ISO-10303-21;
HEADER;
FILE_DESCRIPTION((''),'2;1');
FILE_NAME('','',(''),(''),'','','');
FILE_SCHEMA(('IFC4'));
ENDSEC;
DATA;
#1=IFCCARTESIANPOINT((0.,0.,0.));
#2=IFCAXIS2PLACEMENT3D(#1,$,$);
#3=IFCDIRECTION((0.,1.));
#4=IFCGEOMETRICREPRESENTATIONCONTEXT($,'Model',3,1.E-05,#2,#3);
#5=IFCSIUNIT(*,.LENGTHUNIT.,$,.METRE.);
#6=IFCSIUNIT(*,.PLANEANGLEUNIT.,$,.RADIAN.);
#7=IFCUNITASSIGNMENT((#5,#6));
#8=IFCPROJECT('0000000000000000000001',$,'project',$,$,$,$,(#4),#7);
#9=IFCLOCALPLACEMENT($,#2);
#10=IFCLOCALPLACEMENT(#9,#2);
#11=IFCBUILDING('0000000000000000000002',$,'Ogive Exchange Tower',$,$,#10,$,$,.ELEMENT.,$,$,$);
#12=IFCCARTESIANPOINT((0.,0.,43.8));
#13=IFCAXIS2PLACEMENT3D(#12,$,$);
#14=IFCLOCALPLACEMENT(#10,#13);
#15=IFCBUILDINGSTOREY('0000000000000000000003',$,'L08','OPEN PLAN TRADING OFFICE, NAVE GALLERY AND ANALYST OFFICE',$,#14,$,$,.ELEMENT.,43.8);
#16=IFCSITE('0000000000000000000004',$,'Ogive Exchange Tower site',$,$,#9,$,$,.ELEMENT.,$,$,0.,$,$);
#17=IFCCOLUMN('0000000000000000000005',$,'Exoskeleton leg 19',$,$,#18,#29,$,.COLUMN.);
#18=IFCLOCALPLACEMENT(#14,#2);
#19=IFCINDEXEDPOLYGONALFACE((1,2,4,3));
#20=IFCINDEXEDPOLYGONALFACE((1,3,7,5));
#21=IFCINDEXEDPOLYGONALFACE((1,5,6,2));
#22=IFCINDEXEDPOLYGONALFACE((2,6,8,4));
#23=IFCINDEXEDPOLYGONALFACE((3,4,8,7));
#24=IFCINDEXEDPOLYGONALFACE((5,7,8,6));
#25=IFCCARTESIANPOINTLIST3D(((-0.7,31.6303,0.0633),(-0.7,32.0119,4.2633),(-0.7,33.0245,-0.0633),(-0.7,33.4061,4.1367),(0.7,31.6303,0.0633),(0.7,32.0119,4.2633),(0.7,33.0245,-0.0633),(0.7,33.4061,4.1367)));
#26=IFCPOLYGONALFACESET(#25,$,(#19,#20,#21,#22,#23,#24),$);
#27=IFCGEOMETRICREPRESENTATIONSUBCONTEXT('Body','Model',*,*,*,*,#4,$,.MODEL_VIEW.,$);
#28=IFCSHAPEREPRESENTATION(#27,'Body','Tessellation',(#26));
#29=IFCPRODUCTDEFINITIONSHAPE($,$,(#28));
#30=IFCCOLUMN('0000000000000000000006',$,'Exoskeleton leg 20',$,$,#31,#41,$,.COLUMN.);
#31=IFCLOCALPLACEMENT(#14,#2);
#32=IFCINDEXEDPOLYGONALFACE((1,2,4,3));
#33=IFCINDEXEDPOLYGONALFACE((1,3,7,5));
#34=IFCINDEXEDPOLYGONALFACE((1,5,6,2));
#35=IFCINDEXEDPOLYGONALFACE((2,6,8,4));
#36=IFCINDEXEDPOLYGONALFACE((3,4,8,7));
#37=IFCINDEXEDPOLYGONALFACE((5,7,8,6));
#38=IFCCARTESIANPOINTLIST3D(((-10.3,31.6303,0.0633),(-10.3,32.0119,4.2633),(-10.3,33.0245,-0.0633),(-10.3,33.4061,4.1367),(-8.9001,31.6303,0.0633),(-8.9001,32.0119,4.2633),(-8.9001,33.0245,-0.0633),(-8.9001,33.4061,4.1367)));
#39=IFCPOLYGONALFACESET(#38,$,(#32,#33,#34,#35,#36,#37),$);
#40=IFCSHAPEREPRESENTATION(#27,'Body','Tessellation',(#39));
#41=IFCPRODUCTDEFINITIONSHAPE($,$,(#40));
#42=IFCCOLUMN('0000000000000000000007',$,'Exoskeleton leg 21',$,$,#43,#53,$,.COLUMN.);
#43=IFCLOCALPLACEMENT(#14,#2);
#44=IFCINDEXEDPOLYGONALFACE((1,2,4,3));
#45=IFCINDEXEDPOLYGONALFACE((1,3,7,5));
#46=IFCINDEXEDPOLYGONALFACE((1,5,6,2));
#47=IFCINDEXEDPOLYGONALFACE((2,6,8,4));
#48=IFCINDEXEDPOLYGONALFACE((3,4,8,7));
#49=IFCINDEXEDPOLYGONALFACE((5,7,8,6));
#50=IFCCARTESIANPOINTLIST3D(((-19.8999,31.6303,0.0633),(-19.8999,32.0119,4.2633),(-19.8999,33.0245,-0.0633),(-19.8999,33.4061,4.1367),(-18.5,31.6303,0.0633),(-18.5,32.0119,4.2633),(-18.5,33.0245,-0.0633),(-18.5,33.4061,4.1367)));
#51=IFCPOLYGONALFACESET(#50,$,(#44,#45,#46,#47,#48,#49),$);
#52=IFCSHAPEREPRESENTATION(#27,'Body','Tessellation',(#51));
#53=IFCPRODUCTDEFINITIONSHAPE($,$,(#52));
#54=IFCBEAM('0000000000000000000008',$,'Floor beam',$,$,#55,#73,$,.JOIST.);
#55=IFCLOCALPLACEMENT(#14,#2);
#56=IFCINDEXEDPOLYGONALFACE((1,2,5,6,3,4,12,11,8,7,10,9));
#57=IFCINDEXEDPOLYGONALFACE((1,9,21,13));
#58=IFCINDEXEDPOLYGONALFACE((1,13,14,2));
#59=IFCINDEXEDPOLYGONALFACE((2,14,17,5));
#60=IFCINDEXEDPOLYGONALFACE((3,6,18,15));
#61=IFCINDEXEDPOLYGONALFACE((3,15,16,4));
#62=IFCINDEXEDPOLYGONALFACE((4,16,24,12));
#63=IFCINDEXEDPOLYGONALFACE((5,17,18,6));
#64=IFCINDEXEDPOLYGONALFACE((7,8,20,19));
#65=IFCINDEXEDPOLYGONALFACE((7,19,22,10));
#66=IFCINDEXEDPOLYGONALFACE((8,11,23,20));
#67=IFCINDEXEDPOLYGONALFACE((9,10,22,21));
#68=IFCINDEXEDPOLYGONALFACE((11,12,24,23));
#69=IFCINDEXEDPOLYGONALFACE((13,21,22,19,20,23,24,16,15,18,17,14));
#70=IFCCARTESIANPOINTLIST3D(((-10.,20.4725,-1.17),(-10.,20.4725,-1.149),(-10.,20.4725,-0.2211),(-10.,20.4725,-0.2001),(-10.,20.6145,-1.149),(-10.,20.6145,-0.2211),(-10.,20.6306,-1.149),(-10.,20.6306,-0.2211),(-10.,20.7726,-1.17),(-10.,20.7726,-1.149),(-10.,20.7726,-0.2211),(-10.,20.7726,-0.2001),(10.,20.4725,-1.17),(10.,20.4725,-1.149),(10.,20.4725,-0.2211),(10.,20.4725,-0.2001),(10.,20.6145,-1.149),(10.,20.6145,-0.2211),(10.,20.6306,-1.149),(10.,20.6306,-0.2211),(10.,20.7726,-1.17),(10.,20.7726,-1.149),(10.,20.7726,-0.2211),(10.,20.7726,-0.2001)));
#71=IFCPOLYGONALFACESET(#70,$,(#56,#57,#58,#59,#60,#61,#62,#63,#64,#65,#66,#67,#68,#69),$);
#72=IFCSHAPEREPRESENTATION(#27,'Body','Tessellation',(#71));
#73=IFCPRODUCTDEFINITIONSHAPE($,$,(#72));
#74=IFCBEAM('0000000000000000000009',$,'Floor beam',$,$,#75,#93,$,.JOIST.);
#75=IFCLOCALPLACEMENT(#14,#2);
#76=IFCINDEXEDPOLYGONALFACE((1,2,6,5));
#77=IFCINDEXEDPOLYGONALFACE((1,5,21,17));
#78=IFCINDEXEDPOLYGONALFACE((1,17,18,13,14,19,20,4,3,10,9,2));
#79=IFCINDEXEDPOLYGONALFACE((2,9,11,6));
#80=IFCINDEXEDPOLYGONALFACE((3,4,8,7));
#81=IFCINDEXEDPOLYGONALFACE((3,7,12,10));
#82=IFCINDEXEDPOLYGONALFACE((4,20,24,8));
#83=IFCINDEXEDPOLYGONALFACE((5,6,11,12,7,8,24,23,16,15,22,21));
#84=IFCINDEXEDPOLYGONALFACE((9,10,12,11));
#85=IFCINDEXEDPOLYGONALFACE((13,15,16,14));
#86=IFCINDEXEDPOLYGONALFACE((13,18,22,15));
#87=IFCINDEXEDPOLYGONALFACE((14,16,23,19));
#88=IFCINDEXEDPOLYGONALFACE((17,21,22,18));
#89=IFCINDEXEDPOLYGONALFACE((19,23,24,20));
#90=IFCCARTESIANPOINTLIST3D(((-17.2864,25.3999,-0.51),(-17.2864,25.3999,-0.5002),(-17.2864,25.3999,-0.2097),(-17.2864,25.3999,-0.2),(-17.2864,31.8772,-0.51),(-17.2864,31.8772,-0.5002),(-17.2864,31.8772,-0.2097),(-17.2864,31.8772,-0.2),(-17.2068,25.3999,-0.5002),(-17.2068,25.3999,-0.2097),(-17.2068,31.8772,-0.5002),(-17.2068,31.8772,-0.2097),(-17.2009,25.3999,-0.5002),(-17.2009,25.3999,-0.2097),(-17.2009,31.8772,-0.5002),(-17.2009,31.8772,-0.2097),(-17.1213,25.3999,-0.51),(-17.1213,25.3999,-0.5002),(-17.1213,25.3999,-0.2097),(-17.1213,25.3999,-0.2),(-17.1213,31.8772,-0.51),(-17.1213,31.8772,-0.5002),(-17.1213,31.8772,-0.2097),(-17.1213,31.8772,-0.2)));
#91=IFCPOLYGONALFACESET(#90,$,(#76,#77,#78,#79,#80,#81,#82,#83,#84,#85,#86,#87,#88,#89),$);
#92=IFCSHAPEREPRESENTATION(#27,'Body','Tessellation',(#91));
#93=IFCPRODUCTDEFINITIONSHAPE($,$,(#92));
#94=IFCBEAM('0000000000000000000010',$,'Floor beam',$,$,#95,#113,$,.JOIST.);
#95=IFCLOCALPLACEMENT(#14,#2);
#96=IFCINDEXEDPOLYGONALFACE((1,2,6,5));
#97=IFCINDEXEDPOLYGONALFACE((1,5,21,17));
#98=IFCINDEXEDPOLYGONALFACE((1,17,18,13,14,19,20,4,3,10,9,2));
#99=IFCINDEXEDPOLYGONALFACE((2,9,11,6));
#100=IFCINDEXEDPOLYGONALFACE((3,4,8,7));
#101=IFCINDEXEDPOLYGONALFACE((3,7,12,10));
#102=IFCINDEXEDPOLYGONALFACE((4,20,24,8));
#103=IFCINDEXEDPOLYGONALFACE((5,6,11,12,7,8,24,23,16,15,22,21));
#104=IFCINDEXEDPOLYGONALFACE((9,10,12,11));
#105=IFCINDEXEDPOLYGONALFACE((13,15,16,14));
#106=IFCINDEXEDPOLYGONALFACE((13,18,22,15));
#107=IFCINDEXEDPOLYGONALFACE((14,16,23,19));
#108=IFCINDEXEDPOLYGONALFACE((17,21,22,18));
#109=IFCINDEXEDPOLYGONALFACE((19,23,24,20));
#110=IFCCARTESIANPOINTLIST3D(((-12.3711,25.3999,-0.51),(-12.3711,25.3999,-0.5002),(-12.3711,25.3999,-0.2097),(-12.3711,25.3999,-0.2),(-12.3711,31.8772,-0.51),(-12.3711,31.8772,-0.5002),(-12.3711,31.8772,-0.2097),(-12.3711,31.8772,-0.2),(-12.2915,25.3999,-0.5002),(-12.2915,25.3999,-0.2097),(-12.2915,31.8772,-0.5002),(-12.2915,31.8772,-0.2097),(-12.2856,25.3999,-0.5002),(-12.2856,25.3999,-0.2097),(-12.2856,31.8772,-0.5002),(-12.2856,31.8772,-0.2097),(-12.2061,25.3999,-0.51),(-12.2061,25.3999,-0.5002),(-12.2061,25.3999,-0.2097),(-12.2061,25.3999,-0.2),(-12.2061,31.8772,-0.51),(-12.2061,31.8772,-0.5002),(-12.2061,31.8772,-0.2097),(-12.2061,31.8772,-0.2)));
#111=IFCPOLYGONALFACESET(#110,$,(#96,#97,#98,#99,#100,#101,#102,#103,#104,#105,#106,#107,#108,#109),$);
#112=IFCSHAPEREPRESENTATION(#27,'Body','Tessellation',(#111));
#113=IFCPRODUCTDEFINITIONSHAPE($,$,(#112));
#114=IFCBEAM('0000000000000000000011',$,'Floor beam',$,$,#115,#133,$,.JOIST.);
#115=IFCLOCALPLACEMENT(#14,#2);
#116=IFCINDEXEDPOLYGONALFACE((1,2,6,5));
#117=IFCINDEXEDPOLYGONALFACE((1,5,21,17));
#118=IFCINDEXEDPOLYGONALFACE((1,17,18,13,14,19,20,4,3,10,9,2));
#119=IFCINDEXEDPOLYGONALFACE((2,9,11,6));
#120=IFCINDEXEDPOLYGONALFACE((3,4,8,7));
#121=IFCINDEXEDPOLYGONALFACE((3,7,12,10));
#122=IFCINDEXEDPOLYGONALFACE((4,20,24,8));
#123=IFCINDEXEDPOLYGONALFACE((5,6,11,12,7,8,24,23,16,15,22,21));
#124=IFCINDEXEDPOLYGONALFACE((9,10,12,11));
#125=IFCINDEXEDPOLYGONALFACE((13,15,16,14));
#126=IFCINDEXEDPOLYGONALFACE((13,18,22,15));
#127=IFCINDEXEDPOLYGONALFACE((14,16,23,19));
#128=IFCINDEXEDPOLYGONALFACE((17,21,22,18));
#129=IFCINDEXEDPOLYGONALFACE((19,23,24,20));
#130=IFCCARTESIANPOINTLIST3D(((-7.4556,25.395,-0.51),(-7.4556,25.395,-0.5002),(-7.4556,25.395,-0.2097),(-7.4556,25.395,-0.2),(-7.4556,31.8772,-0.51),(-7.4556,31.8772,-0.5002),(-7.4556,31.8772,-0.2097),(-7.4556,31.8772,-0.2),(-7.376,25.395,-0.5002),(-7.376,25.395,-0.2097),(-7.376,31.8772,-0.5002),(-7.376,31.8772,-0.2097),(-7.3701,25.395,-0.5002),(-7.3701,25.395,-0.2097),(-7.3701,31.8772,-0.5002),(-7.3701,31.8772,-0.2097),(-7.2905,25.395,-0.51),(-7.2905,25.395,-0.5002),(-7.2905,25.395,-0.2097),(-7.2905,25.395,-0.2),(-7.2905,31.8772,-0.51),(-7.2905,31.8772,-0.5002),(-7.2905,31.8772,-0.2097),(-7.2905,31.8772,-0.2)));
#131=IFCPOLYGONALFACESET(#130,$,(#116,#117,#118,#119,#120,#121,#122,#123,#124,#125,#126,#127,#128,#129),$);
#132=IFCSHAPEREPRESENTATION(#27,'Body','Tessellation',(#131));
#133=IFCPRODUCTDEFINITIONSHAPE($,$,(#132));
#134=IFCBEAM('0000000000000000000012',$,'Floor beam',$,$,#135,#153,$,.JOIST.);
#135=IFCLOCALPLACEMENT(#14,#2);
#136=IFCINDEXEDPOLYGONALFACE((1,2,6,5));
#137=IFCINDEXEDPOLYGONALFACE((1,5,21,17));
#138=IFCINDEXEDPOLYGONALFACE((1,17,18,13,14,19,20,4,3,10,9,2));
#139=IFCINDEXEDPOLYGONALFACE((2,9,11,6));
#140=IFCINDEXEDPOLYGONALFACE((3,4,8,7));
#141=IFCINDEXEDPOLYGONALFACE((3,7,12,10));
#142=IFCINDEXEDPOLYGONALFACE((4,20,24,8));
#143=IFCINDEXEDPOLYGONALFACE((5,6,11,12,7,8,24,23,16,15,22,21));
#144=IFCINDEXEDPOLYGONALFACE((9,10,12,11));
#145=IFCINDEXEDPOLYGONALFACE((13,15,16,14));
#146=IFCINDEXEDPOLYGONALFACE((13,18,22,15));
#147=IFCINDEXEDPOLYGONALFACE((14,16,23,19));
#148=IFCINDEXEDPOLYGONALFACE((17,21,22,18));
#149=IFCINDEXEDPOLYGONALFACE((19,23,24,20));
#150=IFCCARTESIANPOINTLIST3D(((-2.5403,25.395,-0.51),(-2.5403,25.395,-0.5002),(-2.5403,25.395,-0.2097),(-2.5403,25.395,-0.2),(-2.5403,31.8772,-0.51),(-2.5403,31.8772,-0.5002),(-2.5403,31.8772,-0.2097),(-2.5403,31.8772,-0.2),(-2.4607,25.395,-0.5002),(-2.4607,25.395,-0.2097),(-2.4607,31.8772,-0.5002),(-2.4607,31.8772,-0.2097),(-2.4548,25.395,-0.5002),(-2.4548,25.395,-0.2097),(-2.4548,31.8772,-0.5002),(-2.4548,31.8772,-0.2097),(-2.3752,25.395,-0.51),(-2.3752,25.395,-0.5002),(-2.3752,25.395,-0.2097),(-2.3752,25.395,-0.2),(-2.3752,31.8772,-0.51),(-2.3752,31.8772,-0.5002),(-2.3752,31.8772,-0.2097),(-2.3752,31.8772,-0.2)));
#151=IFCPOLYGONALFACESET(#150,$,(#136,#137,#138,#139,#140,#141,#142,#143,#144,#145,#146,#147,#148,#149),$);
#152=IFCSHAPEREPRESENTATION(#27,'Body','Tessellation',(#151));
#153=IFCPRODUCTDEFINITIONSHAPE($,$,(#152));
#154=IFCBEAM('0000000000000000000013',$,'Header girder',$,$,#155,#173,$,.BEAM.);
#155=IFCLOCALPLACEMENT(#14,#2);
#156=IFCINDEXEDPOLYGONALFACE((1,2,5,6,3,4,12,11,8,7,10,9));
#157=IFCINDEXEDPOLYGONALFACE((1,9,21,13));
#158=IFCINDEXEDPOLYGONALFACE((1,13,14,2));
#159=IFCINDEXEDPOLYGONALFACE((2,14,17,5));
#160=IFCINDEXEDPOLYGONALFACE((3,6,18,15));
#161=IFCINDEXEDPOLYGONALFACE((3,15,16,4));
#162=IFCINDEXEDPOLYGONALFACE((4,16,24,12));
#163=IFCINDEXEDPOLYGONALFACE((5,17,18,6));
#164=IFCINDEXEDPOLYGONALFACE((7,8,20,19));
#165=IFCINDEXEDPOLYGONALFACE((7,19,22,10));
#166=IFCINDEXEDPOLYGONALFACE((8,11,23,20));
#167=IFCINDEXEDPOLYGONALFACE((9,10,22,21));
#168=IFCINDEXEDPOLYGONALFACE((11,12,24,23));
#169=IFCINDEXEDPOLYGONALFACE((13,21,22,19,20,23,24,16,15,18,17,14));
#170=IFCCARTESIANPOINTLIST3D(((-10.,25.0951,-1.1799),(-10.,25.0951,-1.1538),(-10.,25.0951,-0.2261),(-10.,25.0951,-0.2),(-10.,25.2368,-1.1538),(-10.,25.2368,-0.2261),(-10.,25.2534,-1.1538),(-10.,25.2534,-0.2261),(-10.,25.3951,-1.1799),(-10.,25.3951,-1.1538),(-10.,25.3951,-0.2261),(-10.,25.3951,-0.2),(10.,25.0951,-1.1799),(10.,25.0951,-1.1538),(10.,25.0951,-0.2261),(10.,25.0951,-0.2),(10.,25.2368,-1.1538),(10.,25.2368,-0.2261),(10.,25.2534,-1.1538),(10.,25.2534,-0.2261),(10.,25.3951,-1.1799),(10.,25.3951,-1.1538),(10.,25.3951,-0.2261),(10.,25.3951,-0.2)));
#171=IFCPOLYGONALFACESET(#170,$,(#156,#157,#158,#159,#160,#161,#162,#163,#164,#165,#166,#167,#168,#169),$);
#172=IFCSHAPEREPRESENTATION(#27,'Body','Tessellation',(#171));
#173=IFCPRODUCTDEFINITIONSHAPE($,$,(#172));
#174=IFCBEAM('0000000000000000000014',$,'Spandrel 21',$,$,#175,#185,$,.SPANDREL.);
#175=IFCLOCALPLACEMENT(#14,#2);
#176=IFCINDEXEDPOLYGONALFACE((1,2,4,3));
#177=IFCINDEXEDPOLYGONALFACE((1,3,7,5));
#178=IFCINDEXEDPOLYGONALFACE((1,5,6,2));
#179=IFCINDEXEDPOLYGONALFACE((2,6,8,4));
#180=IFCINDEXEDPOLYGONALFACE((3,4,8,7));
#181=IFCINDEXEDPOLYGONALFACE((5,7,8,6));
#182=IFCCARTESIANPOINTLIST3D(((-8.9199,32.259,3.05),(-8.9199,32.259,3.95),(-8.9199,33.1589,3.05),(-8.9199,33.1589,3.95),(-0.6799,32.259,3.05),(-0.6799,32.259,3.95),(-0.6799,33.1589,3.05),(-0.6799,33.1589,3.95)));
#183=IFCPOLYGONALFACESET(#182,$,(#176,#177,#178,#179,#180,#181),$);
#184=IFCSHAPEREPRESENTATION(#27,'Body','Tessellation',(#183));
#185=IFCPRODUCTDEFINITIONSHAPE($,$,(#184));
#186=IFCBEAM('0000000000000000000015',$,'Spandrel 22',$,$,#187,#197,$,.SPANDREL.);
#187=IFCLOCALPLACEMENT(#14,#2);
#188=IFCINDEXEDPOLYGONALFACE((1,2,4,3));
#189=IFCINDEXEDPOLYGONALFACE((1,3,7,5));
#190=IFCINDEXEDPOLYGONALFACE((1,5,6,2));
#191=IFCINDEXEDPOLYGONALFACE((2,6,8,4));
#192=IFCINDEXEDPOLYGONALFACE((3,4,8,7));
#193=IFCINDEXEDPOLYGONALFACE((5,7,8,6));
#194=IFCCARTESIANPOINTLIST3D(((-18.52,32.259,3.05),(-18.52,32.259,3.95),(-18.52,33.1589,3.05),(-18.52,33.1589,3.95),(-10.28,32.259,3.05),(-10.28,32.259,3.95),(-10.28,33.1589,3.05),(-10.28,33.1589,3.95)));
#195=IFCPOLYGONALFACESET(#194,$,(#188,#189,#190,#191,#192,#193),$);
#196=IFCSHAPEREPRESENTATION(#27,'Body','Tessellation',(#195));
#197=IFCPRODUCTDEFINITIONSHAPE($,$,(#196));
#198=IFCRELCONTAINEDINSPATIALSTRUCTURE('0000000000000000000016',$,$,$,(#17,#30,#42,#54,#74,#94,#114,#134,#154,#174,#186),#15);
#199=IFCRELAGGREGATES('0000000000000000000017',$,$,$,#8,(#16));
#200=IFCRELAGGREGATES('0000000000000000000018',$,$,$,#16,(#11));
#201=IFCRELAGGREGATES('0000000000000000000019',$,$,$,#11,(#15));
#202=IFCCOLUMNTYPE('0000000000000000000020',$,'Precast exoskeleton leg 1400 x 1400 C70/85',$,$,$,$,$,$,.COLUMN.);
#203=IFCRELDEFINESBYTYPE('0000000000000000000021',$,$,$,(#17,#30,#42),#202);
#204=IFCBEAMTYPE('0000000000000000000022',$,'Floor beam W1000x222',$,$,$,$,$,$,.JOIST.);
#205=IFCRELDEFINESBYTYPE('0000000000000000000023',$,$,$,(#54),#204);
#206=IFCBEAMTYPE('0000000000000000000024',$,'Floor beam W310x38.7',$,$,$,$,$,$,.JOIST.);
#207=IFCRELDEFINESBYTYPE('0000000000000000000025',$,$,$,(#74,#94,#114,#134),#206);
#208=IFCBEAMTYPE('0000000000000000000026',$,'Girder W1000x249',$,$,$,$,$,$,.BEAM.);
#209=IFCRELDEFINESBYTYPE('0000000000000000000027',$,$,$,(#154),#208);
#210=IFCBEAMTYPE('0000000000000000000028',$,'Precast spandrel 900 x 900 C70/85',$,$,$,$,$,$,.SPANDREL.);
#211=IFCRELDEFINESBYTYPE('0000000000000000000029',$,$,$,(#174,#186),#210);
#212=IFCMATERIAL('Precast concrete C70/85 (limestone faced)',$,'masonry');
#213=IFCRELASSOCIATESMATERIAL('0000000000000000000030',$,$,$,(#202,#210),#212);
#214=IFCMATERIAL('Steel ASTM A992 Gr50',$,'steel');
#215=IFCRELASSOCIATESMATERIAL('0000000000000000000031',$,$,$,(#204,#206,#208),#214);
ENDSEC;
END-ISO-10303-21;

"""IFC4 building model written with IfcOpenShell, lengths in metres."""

from ifc_helpers import new_model, si_unit, direction, frame, origin, origin_2d, place, context, subcontext, project, spatial, rectangle, i_section, extrude, material, material_profile, profile_set, type_object, element, save


model = new_model("IFC4")

# Units and contexts
model_context = context("Model", 3, precision=1e-05, world=origin(), true_north=direction((0.0, 1.0)))
body_context = subcontext(model_context, "Body", "Model", "MODEL_VIEW")
ifc_project = project(units=[si_unit("LENGTHUNIT", "METRE"), si_unit("PLANEANGLEUNIT", "RADIAN")], contexts=[model_context])

# Site, building, storey
site_placement = place(None, origin())
site = spatial("IfcSite", under=ifc_project, at=site_placement, Name="Ogive Exchange Tower site", CompositionType="ELEMENT", RefElevation=0.0)
building_placement = place(site_placement, origin())
building = spatial("IfcBuilding", under=site, at=building_placement, Name="Ogive Exchange Tower", CompositionType="ELEMENT")
storey_placement = place(building_placement, frame((0.0, 0.0, 43.8)))
storey = spatial("IfcBuildingStorey", under=building, at=storey_placement, Name="L08", Description="OPEN PLAN TRADING OFFICE, NAVE GALLERY AND ANALYST OFFICE", CompositionType="ELEMENT", Elevation=43.8)

# Columns
ifc_material_1 = material(Name="Precast concrete C70/85 (limestone faced)", Category="masonry")
ifc_material_profile_1 = material_profile(ifc_material_1, rectangle(XDim=1.3999, YDim=1.3999, at=origin_2d()), Name="1400 x 1400")
ifc_profile_set_1 = profile_set([ifc_material_profile_1], Name="Precast concrete C70/85 (limestone faced)")
column_type = type_object("IfcColumnType", Name="Precast exoskeleton leg 1400 x 1400 C70/85", PredefinedType="COLUMN", material=ifc_profile_set_1)
for number, where, z_axis, x_axis, name in (
    (1, (0.0, 32.3274, 0.0), (0.0, 0.090484, 0.995898), (-1.0, 0.0, 0.0), "Exoskeleton leg 19"),
    (2, (-9.6001, 32.3274, 0.0), (0.0, 0.090484, 0.995898), (-1.0, 0.0, 0.0), "Exoskeleton leg 20"),
    (3, (-19.2, 32.3274, 0.0), (0.0, 0.090484, 0.995898), (-1.0, 0.0, 0.0), "Exoskeleton leg 21"),
):
    element("IfcColumn", number, at=place(storey_placement, frame(where, z_axis=z_axis, x_axis=x_axis)), inside=storey, type_object=column_type, Name=name, PredefinedType="COLUMN", context=body_context, shape_type="SweptSolid", body=[
        extrude(rectangle(XDim=1.3999, YDim=1.3999, at=origin_2d()), origin(), (0.0, 0.0, 1.0), 4.2173),
    ])

# Beams
ifc_material_2 = material(Name="Steel ASTM A992 Gr50", Category="steel")
ifc_material_profile_2 = material_profile(ifc_material_2, i_section(OverallWidth=0.3, OverallDepth=0.97, WebThickness=0.0161, FlangeThickness=0.021, at=origin_2d()), Name="W1000x222")
ifc_profile_set_2 = profile_set([ifc_material_profile_2], Name="Steel ASTM A992 Gr50")
beam_type_1 = type_object("IfcBeamType", Name="Floor beam W1000x222", PredefinedType="JOIST", material=ifc_profile_set_2)
beam_1_placement = place(storey_placement, frame((-10.0, 20.6226, -0.6851), z_axis=(1.0, 0.0, 0.0), x_axis=(0.0, 1.0, 0.0)))
element("IfcBeam", 4, at=beam_1_placement, inside=storey, type_object=beam_type_1, Name="Floor beam", PredefinedType="JOIST", context=body_context, shape_type="SweptSolid", body=[
    extrude(i_section(OverallWidth=0.3, OverallDepth=0.97, WebThickness=0.0161, FlangeThickness=0.021, at=origin_2d()), origin(), (0.0, 0.0, 1.0), 20.0),
])
ifc_material_profile_3 = material_profile(ifc_material_2, i_section(OverallWidth=0.165, OverallDepth=0.3101, WebThickness=0.0059, FlangeThickness=0.0098, at=origin_2d()), Name="W310x38.7")
ifc_profile_set_3 = profile_set([ifc_material_profile_3], Name="Steel ASTM A992 Gr50")
beam_type_2 = type_object("IfcBeamType", Name="Floor beam W310x38.7", PredefinedType="JOIST", material=ifc_profile_set_3)
for number, where, z_axis, x_axis, name in (
    (5, (-17.2039, 25.3999, -0.355), (0.0, 1.0, 0.0), (-1.0, 0.0, 0.0), "Floor beam"),
    (6, (-12.2886, 25.3999, -0.355), (0.0, 1.0, 0.0), (-1.0, 0.0, 0.0), "Floor beam"),
):
    element("IfcBeam", number, at=place(storey_placement, frame(where, z_axis=z_axis, x_axis=x_axis)), inside=storey, type_object=beam_type_2, Name=name, PredefinedType="JOIST", context=body_context, shape_type="SweptSolid", body=[
        extrude(i_section(OverallWidth=0.165, OverallDepth=0.3101, WebThickness=0.0059, FlangeThickness=0.0098, at=origin_2d()), origin(), (0.0, 0.0, 1.0), 6.4773),
    ])
for number, where, z_axis, x_axis, name in (
    (7, (-7.373, 25.395, -0.355), (0.0, 1.0, 0.0), (-1.0, 0.0, 0.0), "Floor beam"),
    (8, (-2.4578, 25.395, -0.355), (0.0, 1.0, 0.0), (-1.0, 0.0, 0.0), "Floor beam"),
):
    element("IfcBeam", number, at=place(storey_placement, frame(where, z_axis=z_axis, x_axis=x_axis)), inside=storey, type_object=beam_type_2, Name=name, PredefinedType="JOIST", context=body_context, shape_type="SweptSolid", body=[
        extrude(i_section(OverallWidth=0.165, OverallDepth=0.3101, WebThickness=0.0059, FlangeThickness=0.0098, at=origin_2d()), origin(), (0.0, 0.0, 1.0), 6.4822),
    ])
ifc_material_profile_4 = material_profile(ifc_material_2, i_section(OverallWidth=0.3, OverallDepth=0.98, WebThickness=0.0166, FlangeThickness=0.0261, at=origin_2d()), Name="W1000x249")
ifc_profile_set_4 = profile_set([ifc_material_profile_4], Name="Steel ASTM A992 Gr50")
beam_type_3 = type_object("IfcBeamType", Name="Girder W1000x249", PredefinedType="BEAM", material=ifc_profile_set_4)
beam_2_placement = place(storey_placement, frame((-10.0, 25.2451, -0.6899), z_axis=(1.0, 0.0, 0.0), x_axis=(0.0, 1.0, 0.0)))
element("IfcBeam", 9, at=beam_2_placement, inside=storey, type_object=beam_type_3, Name="Header girder", PredefinedType="BEAM", context=body_context, shape_type="SweptSolid", body=[
    extrude(i_section(OverallWidth=0.3, OverallDepth=0.98, WebThickness=0.0166, FlangeThickness=0.0261, at=origin_2d()), origin(), (0.0, 0.0, 1.0), 20.0),
])
ifc_material_profile_5 = material_profile(ifc_material_1, rectangle(XDim=0.8999, YDim=0.8999, at=origin_2d()), Name="900 x 900")
ifc_profile_set_5 = profile_set([ifc_material_profile_5], Name="Precast concrete C70/85 (limestone faced)")
beam_type_4 = type_object("IfcBeamType", Name="Precast spandrel 900 x 900 C70/85", PredefinedType="SPANDREL", material=ifc_profile_set_5)
for number, where, z_axis, x_axis, name in (
    (10, (-0.6799, 32.709, 3.5), (-1.0, 0.0, 0.0), (0.0, -1.0, 0.0), "Spandrel 21"),
    (11, (-10.28, 32.709, 3.5), (-1.0, 0.0, 0.0), (0.0, -1.0, 0.0), "Spandrel 22"),
):
    element("IfcBeam", number, at=place(storey_placement, frame(where, z_axis=z_axis, x_axis=x_axis)), inside=storey, type_object=beam_type_4, Name=name, PredefinedType="SPANDREL", context=body_context, shape_type="SweptSolid", body=[
        extrude(rectangle(XDim=0.8999, YDim=0.8999, at=origin_2d()), origin(), (0.0, 0.0, 1.0), 8.24),
    ])

save(model, "model.ifc")
